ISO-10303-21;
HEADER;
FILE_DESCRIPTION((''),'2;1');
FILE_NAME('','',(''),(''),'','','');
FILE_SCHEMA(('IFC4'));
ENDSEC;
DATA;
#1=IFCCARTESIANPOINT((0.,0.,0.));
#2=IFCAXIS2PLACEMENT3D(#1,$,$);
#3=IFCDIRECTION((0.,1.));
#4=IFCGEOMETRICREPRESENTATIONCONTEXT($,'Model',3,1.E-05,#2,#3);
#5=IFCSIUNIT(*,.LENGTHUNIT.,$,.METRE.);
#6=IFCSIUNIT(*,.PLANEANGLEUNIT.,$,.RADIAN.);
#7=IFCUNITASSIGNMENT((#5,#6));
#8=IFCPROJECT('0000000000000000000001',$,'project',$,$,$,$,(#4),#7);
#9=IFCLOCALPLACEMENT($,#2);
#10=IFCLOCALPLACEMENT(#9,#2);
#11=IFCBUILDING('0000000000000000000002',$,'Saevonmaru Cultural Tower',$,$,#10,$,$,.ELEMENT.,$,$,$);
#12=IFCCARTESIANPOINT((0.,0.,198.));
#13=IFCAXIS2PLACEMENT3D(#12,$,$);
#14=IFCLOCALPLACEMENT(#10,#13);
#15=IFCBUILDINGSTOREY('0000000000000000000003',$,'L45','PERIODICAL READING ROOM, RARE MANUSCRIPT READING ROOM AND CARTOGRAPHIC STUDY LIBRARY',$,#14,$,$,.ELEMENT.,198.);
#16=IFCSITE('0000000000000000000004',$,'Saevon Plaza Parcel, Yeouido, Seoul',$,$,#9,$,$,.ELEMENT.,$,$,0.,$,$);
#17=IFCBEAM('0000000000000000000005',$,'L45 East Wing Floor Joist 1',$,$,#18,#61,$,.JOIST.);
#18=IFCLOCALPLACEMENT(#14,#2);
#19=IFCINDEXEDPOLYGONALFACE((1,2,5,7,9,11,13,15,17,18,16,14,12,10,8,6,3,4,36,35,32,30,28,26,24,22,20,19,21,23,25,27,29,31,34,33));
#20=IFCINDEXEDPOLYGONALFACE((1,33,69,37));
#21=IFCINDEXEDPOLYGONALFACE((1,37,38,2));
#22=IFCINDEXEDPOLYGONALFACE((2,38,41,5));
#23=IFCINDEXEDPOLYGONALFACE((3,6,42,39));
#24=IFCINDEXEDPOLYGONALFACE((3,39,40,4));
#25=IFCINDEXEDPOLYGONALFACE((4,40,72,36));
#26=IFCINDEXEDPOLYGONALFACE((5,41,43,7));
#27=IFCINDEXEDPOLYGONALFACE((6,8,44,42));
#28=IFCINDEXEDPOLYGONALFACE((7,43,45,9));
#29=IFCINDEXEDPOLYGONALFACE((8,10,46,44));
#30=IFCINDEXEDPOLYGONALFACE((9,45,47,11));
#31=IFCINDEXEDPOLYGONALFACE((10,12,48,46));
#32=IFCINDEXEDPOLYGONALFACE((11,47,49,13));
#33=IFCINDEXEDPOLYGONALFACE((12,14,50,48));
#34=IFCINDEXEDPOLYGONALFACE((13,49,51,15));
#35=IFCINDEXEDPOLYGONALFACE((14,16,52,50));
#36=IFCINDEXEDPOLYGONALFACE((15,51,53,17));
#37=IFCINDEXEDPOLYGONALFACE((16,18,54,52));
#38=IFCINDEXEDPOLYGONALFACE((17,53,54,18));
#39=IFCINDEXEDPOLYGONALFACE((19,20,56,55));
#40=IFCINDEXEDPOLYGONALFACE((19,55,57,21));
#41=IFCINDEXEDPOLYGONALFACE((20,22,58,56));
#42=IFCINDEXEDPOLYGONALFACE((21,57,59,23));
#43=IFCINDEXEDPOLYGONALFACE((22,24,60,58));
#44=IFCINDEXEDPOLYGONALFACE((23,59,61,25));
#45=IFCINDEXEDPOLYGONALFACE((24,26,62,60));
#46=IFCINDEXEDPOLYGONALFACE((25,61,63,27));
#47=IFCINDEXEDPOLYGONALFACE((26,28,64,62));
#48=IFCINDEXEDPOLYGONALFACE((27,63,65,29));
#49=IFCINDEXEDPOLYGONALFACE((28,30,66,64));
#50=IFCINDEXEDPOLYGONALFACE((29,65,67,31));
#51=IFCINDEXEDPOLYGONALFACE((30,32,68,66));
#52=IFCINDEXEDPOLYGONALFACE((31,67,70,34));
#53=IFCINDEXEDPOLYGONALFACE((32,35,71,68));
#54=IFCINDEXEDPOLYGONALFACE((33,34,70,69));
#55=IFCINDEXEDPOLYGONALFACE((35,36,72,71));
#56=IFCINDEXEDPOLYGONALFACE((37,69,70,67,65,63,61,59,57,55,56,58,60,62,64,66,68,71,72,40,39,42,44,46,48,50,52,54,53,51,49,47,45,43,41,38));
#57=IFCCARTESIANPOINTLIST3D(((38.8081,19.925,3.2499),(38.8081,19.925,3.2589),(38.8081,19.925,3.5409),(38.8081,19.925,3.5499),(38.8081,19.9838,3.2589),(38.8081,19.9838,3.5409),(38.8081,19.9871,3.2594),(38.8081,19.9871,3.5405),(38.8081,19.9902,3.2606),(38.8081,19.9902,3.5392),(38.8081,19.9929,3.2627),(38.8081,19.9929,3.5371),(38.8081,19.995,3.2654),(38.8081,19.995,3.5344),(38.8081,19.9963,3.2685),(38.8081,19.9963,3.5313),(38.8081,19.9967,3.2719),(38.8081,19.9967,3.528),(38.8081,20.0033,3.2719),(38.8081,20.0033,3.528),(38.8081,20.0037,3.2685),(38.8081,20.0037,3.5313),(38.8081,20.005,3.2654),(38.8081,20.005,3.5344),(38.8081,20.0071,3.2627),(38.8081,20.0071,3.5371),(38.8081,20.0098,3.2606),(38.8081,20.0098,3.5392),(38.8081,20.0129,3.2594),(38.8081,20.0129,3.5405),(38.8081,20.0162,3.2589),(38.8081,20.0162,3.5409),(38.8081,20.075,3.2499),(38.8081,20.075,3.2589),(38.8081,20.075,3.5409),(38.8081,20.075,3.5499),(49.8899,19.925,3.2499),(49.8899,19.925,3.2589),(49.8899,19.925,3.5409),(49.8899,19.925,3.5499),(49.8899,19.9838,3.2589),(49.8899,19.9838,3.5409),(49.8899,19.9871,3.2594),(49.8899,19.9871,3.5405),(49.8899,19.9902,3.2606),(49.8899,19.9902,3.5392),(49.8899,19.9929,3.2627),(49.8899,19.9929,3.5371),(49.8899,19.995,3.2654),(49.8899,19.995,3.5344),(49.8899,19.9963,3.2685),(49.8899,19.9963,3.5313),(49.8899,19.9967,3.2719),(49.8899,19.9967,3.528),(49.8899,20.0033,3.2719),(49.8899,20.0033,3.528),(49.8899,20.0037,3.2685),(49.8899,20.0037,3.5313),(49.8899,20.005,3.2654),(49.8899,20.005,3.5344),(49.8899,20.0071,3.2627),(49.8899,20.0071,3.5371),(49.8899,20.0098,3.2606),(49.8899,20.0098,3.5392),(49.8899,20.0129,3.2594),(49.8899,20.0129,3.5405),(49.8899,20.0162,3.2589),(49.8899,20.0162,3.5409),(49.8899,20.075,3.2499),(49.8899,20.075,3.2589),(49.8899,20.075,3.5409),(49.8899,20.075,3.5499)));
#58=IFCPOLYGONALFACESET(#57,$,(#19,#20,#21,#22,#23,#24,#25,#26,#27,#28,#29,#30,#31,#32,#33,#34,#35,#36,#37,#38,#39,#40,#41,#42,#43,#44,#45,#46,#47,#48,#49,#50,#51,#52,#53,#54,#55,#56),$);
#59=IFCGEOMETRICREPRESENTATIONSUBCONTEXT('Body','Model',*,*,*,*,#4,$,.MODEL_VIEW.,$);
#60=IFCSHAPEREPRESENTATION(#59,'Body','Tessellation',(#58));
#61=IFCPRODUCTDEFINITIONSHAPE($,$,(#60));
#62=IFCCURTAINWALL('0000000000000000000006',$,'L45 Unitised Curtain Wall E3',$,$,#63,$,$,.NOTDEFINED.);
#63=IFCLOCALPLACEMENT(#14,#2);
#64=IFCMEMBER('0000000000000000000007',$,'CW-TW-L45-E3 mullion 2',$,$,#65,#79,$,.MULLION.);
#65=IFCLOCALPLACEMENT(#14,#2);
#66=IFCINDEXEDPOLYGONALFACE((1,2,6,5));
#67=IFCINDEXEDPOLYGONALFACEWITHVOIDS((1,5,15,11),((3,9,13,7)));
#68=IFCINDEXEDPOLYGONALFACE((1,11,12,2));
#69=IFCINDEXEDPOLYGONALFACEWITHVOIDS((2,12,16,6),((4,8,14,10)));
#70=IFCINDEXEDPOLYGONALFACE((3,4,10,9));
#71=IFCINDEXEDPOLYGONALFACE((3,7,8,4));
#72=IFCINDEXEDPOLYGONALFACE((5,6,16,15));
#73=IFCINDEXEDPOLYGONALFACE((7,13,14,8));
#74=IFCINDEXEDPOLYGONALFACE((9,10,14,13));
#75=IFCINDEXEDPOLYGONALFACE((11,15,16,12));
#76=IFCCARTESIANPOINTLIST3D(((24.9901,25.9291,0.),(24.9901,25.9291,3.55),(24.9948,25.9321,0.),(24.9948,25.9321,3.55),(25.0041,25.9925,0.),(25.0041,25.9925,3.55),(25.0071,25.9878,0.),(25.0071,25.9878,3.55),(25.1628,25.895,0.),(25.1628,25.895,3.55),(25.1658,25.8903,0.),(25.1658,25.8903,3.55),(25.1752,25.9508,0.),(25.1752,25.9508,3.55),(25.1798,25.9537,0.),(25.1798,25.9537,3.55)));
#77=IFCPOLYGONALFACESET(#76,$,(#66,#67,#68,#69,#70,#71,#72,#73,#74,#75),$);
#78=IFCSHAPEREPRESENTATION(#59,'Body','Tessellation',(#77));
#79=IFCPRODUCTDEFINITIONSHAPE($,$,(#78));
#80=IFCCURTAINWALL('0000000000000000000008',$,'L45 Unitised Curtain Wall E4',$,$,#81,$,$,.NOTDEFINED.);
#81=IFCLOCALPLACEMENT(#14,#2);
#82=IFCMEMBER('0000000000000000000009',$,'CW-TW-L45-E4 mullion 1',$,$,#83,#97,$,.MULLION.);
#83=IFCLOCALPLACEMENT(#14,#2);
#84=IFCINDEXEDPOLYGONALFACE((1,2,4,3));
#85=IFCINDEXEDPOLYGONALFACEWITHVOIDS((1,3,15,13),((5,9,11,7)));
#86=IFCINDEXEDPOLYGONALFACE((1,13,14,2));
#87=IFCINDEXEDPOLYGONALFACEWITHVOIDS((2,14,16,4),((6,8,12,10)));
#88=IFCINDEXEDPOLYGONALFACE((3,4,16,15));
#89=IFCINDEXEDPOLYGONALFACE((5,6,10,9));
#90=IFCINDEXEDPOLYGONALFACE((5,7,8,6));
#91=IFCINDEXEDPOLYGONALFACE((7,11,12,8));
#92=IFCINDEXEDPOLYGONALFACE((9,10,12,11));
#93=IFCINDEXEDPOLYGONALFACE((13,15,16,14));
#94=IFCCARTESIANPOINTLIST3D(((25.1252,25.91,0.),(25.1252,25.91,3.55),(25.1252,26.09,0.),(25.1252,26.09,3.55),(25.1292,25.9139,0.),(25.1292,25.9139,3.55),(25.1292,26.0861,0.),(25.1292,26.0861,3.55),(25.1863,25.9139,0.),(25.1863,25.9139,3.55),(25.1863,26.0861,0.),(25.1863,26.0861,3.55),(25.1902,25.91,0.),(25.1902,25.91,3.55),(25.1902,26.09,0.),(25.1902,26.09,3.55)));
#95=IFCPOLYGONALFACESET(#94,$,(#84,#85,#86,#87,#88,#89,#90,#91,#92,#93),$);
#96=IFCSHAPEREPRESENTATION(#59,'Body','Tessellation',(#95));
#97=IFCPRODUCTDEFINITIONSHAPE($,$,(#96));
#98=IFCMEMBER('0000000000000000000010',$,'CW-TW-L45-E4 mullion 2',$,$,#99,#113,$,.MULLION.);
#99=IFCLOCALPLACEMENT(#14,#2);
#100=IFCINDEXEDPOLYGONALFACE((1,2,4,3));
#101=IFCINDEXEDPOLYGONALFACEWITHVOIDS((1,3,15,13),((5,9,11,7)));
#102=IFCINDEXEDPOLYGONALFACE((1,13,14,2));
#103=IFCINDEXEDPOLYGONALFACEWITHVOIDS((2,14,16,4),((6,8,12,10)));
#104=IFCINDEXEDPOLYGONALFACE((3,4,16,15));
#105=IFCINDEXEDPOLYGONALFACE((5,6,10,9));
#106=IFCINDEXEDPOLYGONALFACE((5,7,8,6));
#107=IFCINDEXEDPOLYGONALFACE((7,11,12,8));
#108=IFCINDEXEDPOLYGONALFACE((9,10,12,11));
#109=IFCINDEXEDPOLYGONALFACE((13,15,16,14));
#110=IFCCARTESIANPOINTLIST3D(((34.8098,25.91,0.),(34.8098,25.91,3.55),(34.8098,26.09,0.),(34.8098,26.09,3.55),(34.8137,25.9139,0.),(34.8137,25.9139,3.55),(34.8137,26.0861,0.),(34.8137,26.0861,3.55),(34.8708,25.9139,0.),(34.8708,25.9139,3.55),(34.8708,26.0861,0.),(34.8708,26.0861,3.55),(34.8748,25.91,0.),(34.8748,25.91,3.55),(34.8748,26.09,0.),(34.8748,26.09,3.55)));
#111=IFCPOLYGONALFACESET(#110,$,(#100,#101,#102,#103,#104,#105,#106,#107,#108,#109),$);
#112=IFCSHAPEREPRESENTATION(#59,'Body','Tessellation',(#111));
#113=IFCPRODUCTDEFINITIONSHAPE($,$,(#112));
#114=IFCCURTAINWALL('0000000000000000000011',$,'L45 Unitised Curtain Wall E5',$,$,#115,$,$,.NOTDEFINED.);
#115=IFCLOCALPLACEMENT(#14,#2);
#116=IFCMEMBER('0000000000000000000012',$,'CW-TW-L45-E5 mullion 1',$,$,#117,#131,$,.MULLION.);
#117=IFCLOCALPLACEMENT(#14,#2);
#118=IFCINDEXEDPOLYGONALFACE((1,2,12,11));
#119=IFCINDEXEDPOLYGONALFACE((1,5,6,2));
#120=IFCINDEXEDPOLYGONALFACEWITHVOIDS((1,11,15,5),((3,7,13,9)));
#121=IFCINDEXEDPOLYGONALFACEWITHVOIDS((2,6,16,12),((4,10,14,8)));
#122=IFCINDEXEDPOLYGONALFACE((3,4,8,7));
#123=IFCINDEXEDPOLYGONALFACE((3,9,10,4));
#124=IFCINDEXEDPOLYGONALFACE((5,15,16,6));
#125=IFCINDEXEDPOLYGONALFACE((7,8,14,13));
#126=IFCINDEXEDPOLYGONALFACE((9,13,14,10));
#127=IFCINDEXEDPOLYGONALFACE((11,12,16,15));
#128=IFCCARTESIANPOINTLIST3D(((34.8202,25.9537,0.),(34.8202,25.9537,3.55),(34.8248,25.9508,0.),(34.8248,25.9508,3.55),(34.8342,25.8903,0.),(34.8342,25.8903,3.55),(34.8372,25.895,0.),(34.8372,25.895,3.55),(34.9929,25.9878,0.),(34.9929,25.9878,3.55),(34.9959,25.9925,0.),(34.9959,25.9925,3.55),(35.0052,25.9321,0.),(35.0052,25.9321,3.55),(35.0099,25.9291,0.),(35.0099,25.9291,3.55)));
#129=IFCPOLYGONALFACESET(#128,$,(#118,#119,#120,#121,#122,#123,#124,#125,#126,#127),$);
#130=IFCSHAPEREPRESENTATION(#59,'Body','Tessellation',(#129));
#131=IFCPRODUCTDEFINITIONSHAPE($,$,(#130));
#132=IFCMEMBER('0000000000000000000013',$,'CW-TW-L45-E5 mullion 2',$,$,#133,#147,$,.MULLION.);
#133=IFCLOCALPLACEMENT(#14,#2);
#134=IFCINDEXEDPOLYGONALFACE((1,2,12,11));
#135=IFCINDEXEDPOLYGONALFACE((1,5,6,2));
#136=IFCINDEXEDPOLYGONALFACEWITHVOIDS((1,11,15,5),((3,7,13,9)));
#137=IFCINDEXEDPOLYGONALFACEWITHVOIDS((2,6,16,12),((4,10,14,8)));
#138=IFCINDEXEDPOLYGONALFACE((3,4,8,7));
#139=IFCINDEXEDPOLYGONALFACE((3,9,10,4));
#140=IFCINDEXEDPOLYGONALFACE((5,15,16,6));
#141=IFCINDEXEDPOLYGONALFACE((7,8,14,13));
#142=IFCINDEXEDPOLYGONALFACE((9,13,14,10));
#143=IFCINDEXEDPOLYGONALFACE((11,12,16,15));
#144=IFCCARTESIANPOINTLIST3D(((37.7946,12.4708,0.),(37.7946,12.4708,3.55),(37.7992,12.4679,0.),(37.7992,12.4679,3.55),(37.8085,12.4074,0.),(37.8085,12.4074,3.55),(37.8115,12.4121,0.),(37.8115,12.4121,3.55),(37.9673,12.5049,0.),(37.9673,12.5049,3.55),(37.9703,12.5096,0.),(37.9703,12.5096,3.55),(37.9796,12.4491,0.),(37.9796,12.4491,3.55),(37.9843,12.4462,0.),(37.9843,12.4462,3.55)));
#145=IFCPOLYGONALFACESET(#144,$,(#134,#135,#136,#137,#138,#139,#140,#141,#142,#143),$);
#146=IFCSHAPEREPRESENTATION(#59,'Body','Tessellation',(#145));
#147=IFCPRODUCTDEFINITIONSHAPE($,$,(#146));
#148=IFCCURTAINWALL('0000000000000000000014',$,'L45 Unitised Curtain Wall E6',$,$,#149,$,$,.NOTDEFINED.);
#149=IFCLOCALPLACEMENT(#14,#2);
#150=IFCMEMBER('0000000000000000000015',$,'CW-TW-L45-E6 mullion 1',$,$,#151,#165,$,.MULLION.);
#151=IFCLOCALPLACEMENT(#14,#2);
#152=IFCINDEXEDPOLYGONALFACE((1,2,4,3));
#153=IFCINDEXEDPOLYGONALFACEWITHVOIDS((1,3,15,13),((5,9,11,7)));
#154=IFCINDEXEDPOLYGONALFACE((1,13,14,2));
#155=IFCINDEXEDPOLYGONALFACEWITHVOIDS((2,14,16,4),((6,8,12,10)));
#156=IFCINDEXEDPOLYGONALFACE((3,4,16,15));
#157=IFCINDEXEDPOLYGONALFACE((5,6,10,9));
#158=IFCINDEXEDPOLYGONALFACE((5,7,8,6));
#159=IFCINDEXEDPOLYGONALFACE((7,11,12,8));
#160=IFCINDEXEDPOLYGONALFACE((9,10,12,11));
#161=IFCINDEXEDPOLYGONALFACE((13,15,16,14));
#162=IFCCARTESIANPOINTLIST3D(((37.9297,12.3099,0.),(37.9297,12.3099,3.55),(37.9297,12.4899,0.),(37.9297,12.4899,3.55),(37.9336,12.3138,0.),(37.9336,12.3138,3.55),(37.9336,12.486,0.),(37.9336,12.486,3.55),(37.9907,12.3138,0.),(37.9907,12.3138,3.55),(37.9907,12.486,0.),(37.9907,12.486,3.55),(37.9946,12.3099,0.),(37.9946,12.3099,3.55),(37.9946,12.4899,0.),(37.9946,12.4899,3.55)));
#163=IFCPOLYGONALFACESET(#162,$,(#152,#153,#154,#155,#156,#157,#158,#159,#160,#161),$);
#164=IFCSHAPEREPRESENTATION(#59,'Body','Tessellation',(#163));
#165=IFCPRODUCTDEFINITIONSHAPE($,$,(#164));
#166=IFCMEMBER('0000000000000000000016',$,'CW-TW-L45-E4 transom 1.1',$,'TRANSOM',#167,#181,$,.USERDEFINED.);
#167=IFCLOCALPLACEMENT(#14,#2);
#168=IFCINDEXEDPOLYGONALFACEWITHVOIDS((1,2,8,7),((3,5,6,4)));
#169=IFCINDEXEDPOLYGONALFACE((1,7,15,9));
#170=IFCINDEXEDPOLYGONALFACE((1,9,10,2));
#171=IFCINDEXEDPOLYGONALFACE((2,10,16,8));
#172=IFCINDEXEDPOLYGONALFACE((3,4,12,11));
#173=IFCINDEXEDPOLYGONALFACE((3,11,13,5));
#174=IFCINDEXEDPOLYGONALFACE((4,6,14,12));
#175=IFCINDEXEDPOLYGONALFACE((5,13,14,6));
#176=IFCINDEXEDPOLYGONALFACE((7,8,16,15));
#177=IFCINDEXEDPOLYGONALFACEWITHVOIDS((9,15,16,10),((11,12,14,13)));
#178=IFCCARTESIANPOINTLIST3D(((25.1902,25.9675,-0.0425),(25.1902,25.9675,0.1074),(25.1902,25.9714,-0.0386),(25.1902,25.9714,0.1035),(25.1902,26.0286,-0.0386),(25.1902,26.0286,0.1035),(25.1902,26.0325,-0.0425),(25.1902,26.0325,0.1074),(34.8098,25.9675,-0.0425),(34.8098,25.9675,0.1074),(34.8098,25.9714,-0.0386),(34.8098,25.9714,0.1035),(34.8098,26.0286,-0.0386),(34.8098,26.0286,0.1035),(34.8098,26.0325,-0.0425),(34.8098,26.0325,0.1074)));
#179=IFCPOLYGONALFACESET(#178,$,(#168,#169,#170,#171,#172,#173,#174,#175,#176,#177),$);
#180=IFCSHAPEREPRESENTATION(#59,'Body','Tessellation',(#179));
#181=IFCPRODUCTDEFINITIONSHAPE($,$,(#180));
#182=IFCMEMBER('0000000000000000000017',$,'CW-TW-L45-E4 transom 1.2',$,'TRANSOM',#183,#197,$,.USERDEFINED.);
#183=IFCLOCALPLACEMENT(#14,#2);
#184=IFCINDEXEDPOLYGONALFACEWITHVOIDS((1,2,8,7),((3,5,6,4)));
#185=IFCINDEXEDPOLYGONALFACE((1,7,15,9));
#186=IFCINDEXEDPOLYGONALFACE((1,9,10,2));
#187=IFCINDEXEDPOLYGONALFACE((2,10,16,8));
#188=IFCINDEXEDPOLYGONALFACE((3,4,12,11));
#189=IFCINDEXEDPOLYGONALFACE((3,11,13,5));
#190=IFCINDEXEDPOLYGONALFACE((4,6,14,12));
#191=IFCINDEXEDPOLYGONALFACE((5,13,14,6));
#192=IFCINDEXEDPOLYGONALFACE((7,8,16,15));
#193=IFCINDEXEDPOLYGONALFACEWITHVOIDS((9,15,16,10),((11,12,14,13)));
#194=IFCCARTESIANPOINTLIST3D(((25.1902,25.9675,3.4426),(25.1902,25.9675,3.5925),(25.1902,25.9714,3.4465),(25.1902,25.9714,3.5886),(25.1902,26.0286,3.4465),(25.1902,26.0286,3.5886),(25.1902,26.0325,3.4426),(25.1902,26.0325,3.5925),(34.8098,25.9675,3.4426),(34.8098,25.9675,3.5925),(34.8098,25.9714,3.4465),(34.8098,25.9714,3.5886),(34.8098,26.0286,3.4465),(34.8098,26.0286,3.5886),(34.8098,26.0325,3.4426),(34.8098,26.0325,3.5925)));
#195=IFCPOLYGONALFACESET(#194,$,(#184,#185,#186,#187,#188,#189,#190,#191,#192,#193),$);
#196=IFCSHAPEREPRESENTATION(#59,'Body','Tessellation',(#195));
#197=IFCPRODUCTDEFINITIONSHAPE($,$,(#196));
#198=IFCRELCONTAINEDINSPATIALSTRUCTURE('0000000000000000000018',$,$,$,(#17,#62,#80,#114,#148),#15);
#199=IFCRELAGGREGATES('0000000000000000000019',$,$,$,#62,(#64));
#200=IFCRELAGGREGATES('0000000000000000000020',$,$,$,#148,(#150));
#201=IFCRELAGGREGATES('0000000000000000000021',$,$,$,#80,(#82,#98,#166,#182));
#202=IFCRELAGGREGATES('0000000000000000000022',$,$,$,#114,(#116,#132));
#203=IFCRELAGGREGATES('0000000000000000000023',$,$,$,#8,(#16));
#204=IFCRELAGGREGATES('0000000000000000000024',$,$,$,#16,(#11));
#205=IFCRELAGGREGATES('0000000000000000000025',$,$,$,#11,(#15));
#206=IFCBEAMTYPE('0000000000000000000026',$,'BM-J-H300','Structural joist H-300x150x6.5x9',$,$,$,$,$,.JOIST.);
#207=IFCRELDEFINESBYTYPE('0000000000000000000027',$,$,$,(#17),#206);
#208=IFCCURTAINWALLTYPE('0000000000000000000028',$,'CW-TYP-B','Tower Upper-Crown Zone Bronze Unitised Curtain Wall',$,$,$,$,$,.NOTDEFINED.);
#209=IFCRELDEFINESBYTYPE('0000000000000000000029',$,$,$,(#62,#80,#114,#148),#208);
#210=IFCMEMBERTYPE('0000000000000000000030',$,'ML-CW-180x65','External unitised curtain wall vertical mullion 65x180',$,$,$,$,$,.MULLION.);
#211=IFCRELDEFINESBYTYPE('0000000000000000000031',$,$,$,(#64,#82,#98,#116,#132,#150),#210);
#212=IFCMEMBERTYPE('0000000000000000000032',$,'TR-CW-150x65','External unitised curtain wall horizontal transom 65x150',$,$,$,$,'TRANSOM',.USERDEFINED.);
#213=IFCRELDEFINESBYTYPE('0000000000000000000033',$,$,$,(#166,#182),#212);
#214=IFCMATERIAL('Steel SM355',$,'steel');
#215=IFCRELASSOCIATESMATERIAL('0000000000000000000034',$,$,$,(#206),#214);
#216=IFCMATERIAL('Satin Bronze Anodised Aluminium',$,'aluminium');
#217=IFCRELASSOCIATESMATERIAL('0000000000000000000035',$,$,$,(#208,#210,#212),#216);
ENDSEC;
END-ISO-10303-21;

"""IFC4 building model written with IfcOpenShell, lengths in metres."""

from ifc_helpers import new_model, si_unit, direction, frame, origin, origin_2d, place, context, subcontext, project, spatial, hollow_rectangle, i_section, extrude, material, material_profile, profile_set, type_object, element, aggregate, save


model = new_model("IFC4")

# Units and contexts
model_context = context("Model", 3, precision=1e-05, world=origin(), true_north=direction((0.0, 1.0)))
body_context = subcontext(model_context, "Body", "Model", "MODEL_VIEW")
ifc_project = project(units=[si_unit("LENGTHUNIT", "METRE"), si_unit("PLANEANGLEUNIT", "RADIAN")], contexts=[model_context])

# Site, building, storey
site_placement = place(None, origin())
site = spatial("IfcSite", under=ifc_project, at=site_placement, Name="Saevon Plaza Parcel, Yeouido, Seoul", CompositionType="ELEMENT", RefElevation=0.0)
building_placement = place(site_placement, origin())
building = spatial("IfcBuilding", under=site, at=building_placement, Name="Saevonmaru Cultural Tower", CompositionType="ELEMENT")
storey_placement = place(building_placement, frame((0.0, 0.0, 198.0)))
storey = spatial("IfcBuildingStorey", under=building, at=storey_placement, Name="L45", Description="PERIODICAL READING ROOM, RARE MANUSCRIPT READING ROOM AND CARTOGRAPHIC STUDY LIBRARY", CompositionType="ELEMENT", Elevation=198.0)

# Shared definitions
ifc_material_1 = material(Name="Steel SM355", Category="steel")

# Beam
ifc_material_profile_1 = material_profile(ifc_material_1, i_section(OverallWidth=0.1499, OverallDepth=0.3, WebThickness=0.0066, FlangeThickness=0.009, FilletRadius=0.0129, at=origin_2d()), Name="H-300x150x6.5x9")
ifc_profile_set_1 = profile_set([ifc_material_profile_1], Name="Steel SM355")
beam_type_1 = type_object("IfcBeamType", Name="BM-J-H300", Description="Structural joist H-300x150x6.5x9", PredefinedType="JOIST", material=ifc_profile_set_1)
beam_1_placement = place(storey_placement, frame((38.8081, 20.0, 3.3999), z_axis=(1.0, 0.0, 0.0), x_axis=(0.0, 1.0, 0.0)))
element("IfcBeam", 1, at=beam_1_placement, inside=storey, type_object=beam_type_1, Name="L45 East Wing Floor Joist 1", PredefinedType="JOIST", context=body_context, shape_type="SweptSolid", body=[
    extrude(i_section(OverallWidth=0.1499, OverallDepth=0.3, WebThickness=0.0066, FlangeThickness=0.009, FilletRadius=0.0129, at=origin_2d()), origin(), (0.0, 0.0, 1.0), 11.0818),
])

# Curtain wall, member
ifc_material_2 = material(Name="Satin Bronze Anodised Aluminium", Category="aluminium")
curtain_wall_type = type_object("IfcCurtainWallType", Name="CW-TYP-B", Description="Tower Upper-Crown Zone Bronze Unitised Curtain Wall", PredefinedType="NOTDEFINED", material=ifc_material_2)
curtain_wall_1_placement = place(storey_placement, origin())
curtain_wall_1 = element("IfcCurtainWall", 2, at=curtain_wall_1_placement, inside=storey, type_object=curtain_wall_type, Name="L45 Unitised Curtain Wall E3", PredefinedType="NOTDEFINED")
ifc_material_profile_2 = material_profile(ifc_material_2, hollow_rectangle(XDim=0.0649, YDim=0.1799, WallThickness=0.0039, at=origin_2d()), Name="ALU-MULL-180x65x4")
ifc_profile_set_2 = profile_set([ifc_material_profile_2], Name="Satin Bronze Anodised Aluminium")
member_type_1 = type_object("IfcMemberType", Name="ML-CW-180x65", Description="External unitised curtain wall vertical mullion 65x180", PredefinedType="MULLION", material=ifc_profile_set_2)
member_1_placement = place(storey_placement, frame((25.085, 25.9414, 0.0), z_axis=(0.0, 0.0, 1.0), x_axis=(0.215413, 0.976523, 0.0)))
member_1 = element("IfcMember", 3, at=member_1_placement, type_object=member_type_1, Name="CW-TW-L45-E3 mullion 2", PredefinedType="MULLION", context=body_context, shape_type="SweptSolid", body=[
    extrude(hollow_rectangle(XDim=0.0649, YDim=0.1799, WallThickness=0.0039, at=origin_2d()), origin(), (0.0, 0.0, 1.0), 3.55),
])
aggregate(curtain_wall_1, [member_1])

# Curtain walls, members
curtain_wall_2_placement = place(storey_placement, origin())
curtain_wall_2 = element("IfcCurtainWall", 4, at=curtain_wall_2_placement, inside=storey, type_object=curtain_wall_type, Name="L45 Unitised Curtain Wall E4", PredefinedType="NOTDEFINED")
member_2_placement = place(storey_placement, frame((25.1577, 26.0, 0.0), z_axis=(0.0, 0.0, 1.0), x_axis=(1.0, 0.0, 0.0)))
member_2 = element("IfcMember", 5, at=member_2_placement, type_object=member_type_1, Name="CW-TW-L45-E4 mullion 1", PredefinedType="MULLION", context=body_context, shape_type="SweptSolid", body=[
    extrude(hollow_rectangle(XDim=0.0649, YDim=0.1799, WallThickness=0.0039, at=origin_2d()), origin(), (0.0, 0.0, 1.0), 3.55),
])
member_3_placement = place(storey_placement, frame((34.8423, 26.0, 0.0), z_axis=(0.0, 0.0, 1.0), x_axis=(1.0, 0.0, 0.0)))
member_3 = element("IfcMember", 6, at=member_3_placement, type_object=member_type_1, Name="CW-TW-L45-E4 mullion 2", PredefinedType="MULLION", context=body_context, shape_type="SweptSolid", body=[
    extrude(hollow_rectangle(XDim=0.0649, YDim=0.1799, WallThickness=0.0039, at=origin_2d()), origin(), (0.0, 0.0, 1.0), 3.55),
])
curtain_wall_3_placement = place(storey_placement, origin())
curtain_wall_3 = element("IfcCurtainWall", 7, at=curtain_wall_3_placement, inside=storey, type_object=curtain_wall_type, Name="L45 Unitised Curtain Wall E5", PredefinedType="NOTDEFINED")
member_4_placement = place(storey_placement, frame((34.915, 25.9414, 0.0), z_axis=(0.0, 0.0, 1.0), x_axis=(0.215413, -0.976523, 0.0)))
member_4 = element("IfcMember", 8, at=member_4_placement, type_object=member_type_1, Name="CW-TW-L45-E5 mullion 1", PredefinedType="MULLION", context=body_context, shape_type="SweptSolid", body=[
    extrude(hollow_rectangle(XDim=0.0649, YDim=0.1799, WallThickness=0.0039, at=origin_2d()), origin(), (0.0, 0.0, 1.0), 3.55),
])
member_5_placement = place(storey_placement, frame((37.8894, 12.4585, 0.0), z_axis=(0.0, 0.0, 1.0), x_axis=(0.215413, -0.976523, 0.0)))
member_5 = element("IfcMember", 9, at=member_5_placement, type_object=member_type_1, Name="CW-TW-L45-E5 mullion 2", PredefinedType="MULLION", context=body_context, shape_type="SweptSolid", body=[
    extrude(hollow_rectangle(XDim=0.0649, YDim=0.1799, WallThickness=0.0039, at=origin_2d()), origin(), (0.0, 0.0, 1.0), 3.55),
])

# Curtain wall, member
curtain_wall_4_placement = place(storey_placement, origin())
curtain_wall_4 = element("IfcCurtainWall", 10, at=curtain_wall_4_placement, inside=storey, type_object=curtain_wall_type, Name="L45 Unitised Curtain Wall E6", PredefinedType="NOTDEFINED")
member_6_placement = place(storey_placement, frame((37.9622, 12.3999, 0.0), z_axis=(0.0, 0.0, 1.0), x_axis=(1.0, 0.0, 0.0)))
member_6 = element("IfcMember", 11, at=member_6_placement, type_object=member_type_1, Name="CW-TW-L45-E6 mullion 1", PredefinedType="MULLION", context=body_context, shape_type="SweptSolid", body=[
    extrude(hollow_rectangle(XDim=0.0649, YDim=0.1799, WallThickness=0.0039, at=origin_2d()), origin(), (0.0, 0.0, 1.0), 3.55),
])

# Members
ifc_material_profile_3 = material_profile(ifc_material_2, hollow_rectangle(XDim=0.0649, YDim=0.1499, WallThickness=0.0039, at=origin_2d()), Name="ALU-TRAN-150x65x4")
ifc_profile_set_3 = profile_set([ifc_material_profile_3], Name="Satin Bronze Anodised Aluminium")
member_type_2 = type_object("IfcMemberType", Name="TR-CW-150x65", Description="External unitised curtain wall horizontal transom 65x150", ElementType="TRANSOM", PredefinedType="USERDEFINED", material=ifc_profile_set_3)
member_7_placement = place(storey_placement, frame((25.1902, 26.0, 0.0325), z_axis=(1.0, 0.0, 0.0), x_axis=(0.0, 1.0, 0.0)))
member_7 = element("IfcMember", 12, at=member_7_placement, type_object=member_type_2, Name="CW-TW-L45-E4 transom 1.1", ObjectType="TRANSOM", PredefinedType="USERDEFINED", context=body_context, shape_type="SweptSolid", body=[
    extrude(hollow_rectangle(XDim=0.0649, YDim=0.1499, WallThickness=0.0039, at=origin_2d()), origin(), (0.0, 0.0, 1.0), 9.6196),
])
member_8_placement = place(storey_placement, frame((25.1902, 26.0, 3.5176), z_axis=(1.0, 0.0, 0.0), x_axis=(0.0, 1.0, 0.0)))
member_8 = element("IfcMember", 13, at=member_8_placement, type_object=member_type_2, Name="CW-TW-L45-E4 transom 1.2", ObjectType="TRANSOM", PredefinedType="USERDEFINED", context=body_context, shape_type="SweptSolid", body=[
    extrude(hollow_rectangle(XDim=0.0649, YDim=0.1499, WallThickness=0.0039, at=origin_2d()), origin(), (0.0, 0.0, 1.0), 9.6196),
])
aggregate(curtain_wall_4, [member_6])

aggregate(curtain_wall_2, [member_2, member_3, member_7, member_8])
aggregate(curtain_wall_3, [member_4, member_5])

save(model, "model.ifc")
